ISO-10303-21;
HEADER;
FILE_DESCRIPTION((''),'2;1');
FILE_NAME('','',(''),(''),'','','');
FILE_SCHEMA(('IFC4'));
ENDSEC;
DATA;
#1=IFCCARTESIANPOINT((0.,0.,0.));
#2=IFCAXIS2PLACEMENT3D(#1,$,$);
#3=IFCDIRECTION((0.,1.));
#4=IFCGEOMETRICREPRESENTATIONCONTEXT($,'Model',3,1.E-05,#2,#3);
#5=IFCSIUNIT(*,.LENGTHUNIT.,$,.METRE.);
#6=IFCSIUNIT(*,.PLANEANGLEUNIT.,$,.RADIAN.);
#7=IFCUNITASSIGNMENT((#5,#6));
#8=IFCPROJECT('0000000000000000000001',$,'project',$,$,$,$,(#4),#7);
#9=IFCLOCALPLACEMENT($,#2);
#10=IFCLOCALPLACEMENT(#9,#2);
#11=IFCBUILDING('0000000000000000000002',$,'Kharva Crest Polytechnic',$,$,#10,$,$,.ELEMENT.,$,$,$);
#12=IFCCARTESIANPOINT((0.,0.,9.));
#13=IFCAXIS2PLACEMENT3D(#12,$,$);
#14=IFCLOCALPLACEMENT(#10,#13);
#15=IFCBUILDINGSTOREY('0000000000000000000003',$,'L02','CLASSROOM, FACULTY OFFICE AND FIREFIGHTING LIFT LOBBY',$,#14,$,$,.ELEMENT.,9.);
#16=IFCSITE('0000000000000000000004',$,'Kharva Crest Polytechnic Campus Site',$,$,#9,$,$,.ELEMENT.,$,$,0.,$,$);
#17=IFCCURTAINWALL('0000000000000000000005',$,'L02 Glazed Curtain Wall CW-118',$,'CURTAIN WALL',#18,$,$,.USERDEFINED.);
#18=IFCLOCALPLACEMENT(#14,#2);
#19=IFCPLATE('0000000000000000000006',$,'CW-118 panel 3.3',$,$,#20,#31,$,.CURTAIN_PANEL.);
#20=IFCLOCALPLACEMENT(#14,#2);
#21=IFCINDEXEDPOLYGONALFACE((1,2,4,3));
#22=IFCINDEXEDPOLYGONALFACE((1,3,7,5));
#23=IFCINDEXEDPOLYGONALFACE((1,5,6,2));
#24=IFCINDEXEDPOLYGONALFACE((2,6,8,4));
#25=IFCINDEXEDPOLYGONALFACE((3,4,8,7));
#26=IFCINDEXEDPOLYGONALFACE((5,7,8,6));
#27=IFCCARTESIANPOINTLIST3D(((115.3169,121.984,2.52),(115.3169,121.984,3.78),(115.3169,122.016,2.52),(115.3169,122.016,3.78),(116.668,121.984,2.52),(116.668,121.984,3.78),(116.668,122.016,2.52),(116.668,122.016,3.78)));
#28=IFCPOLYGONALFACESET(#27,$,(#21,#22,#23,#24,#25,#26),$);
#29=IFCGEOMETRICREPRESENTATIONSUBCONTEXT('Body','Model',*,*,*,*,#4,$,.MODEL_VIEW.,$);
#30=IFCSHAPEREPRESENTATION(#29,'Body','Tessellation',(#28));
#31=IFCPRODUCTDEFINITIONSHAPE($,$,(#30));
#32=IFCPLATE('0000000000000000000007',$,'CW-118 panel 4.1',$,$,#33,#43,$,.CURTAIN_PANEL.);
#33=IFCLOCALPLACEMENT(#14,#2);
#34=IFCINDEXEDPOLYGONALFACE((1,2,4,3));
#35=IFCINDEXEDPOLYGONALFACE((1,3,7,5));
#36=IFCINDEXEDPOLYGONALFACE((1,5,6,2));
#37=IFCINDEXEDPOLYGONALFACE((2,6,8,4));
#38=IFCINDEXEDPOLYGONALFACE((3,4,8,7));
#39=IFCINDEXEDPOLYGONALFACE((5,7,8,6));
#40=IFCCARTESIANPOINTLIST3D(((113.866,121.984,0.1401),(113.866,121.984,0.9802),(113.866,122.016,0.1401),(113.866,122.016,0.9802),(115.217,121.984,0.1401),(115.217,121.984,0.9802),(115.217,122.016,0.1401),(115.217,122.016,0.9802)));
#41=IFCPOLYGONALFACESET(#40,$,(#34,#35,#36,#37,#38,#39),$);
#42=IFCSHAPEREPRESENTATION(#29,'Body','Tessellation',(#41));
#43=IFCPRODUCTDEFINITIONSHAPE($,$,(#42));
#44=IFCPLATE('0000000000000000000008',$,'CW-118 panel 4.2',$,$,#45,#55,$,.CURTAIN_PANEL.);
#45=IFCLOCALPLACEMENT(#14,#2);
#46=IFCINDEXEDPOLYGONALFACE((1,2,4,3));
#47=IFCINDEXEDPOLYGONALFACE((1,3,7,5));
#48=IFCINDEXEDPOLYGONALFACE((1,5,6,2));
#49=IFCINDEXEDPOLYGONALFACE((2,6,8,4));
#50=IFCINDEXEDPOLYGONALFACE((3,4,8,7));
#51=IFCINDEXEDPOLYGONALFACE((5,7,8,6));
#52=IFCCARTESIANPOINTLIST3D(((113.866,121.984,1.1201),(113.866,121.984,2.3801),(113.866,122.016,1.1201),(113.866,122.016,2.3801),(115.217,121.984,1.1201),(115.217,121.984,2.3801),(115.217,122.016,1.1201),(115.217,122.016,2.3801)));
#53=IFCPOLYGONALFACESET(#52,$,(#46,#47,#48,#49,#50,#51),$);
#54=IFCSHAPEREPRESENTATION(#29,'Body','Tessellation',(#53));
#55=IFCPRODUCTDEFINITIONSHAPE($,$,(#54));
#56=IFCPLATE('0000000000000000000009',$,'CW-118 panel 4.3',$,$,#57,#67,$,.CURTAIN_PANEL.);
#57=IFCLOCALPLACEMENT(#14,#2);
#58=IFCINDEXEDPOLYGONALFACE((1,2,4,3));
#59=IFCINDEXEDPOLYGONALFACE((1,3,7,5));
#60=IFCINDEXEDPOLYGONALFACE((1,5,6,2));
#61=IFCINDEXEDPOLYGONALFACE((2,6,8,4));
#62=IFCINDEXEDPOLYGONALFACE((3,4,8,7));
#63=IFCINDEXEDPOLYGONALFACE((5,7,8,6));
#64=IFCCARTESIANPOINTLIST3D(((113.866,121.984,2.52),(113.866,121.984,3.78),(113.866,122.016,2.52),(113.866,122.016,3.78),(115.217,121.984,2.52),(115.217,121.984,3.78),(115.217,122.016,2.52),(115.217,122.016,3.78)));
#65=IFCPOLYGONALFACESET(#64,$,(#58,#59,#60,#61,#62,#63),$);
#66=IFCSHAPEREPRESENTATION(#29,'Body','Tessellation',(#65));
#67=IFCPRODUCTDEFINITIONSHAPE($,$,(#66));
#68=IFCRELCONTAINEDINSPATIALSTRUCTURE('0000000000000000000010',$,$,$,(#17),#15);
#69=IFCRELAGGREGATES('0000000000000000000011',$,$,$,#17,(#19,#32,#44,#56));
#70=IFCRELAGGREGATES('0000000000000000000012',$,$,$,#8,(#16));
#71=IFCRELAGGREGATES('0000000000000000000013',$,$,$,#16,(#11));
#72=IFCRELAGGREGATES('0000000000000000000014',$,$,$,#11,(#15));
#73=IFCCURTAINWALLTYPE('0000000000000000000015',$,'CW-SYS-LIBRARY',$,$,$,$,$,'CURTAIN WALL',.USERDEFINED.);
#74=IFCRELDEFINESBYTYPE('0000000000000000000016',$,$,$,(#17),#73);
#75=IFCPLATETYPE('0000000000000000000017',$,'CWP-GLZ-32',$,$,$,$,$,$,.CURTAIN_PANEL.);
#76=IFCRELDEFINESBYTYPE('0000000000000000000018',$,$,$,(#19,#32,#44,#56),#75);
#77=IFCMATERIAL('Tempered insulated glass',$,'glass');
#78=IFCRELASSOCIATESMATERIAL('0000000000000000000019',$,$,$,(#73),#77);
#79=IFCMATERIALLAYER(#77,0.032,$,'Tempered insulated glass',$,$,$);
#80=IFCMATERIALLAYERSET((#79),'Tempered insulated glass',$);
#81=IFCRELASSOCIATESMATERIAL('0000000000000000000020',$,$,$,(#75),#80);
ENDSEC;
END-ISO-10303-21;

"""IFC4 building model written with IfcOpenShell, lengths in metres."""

from ifc_helpers import new_model, si_unit, direction, frame, origin, origin_2d, place, context, subcontext, project, spatial, rectangle, extrude, material, layer, layer_set, type_object, element, aggregate, save


model = new_model("IFC4")

# Units and contexts
model_context = context("Model", 3, precision=1e-05, world=origin(), true_north=direction((0.0, 1.0)))
body_context = subcontext(model_context, "Body", "Model", "MODEL_VIEW")
ifc_project = project(units=[si_unit("LENGTHUNIT", "METRE"), si_unit("PLANEANGLEUNIT", "RADIAN")], contexts=[model_context])

# Site, building, storey
site_placement = place(None, origin())
site = spatial("IfcSite", under=ifc_project, at=site_placement, Name="Kharva Crest Polytechnic Campus Site", CompositionType="ELEMENT", RefElevation=0.0)
building_placement = place(site_placement, origin())
building = spatial("IfcBuilding", under=site, at=building_placement, Name="Kharva Crest Polytechnic", CompositionType="ELEMENT")
storey_placement = place(building_placement, frame((0.0, 0.0, 9.0)))
storey = spatial("IfcBuildingStorey", under=building, at=storey_placement, Name="L02", Description="CLASSROOM, FACULTY OFFICE AND FIREFIGHTING LIFT LOBBY", CompositionType="ELEMENT", Elevation=9.0)

# Curtain wall
ifc_material_1 = material(Name="Tempered insulated glass", Category="glass")
curtain_wall_type = type_object("IfcCurtainWallType", Name="CW-SYS-LIBRARY", ElementType="CURTAIN WALL", PredefinedType="USERDEFINED", material=ifc_material_1)
curtain_wall_placement = place(storey_placement, origin())
curtain_wall = element("IfcCurtainWall", 1, at=curtain_wall_placement, inside=storey, type_object=curtain_wall_type, Name="L02 Glazed Curtain Wall CW-118", ObjectType="CURTAIN WALL", PredefinedType="USERDEFINED")

# Plates
ifc_layer = layer(ifc_material_1, 0.032, Name="Tempered insulated glass")
ifc_layer_set = layer_set([ifc_layer], Name="Tempered insulated glass")
plate_type = type_object("IfcPlateType", Name="CWP-GLZ-32", PredefinedType="CURTAIN_PANEL", material=ifc_layer_set)
plate_1_placement = place(storey_placement, frame((115.9924, 122.0, 2.52), z_axis=(0.0, 0.0, 1.0), x_axis=(-1.0, 0.0, 0.0)))
plate_1 = element("IfcPlate", 2, at=plate_1_placement, type_object=plate_type, Name="CW-118 panel 3.3", PredefinedType="CURTAIN_PANEL", context=body_context, shape_type="SweptSolid", body=[
    extrude(rectangle(XDim=1.3511, YDim=0.032, at=origin_2d()), origin(), (0.0, 0.0, 1.0), 1.26),
])
plate_2_placement = place(storey_placement, frame((114.5415, 122.0, 0.1401), z_axis=(0.0, 0.0, 1.0), x_axis=(-1.0, 0.0, 0.0)))
plate_2 = element("IfcPlate", 3, at=plate_2_placement, type_object=plate_type, Name="CW-118 panel 4.1", PredefinedType="CURTAIN_PANEL", context=body_context, shape_type="SweptSolid", body=[
    extrude(rectangle(XDim=1.3511, YDim=0.032, at=origin_2d()), origin(), (0.0, 0.0, 1.0), 0.8401),
])
plate_3_placement = place(storey_placement, frame((114.5415, 122.0, 1.1201), z_axis=(0.0, 0.0, 1.0), x_axis=(-1.0, 0.0, 0.0)))
plate_3 = element("IfcPlate", 4, at=plate_3_placement, type_object=plate_type, Name="CW-118 panel 4.2", PredefinedType="CURTAIN_PANEL", context=body_context, shape_type="SweptSolid", body=[
    extrude(rectangle(XDim=1.3511, YDim=0.032, at=origin_2d()), origin(), (0.0, 0.0, 1.0), 1.26),
])
plate_4_placement = place(storey_placement, frame((114.5415, 122.0, 2.52), z_axis=(0.0, 0.0, 1.0), x_axis=(-1.0, 0.0, 0.0)))
plate_4 = element("IfcPlate", 5, at=plate_4_placement, type_object=plate_type, Name="CW-118 panel 4.3", PredefinedType="CURTAIN_PANEL", context=body_context, shape_type="SweptSolid", body=[
    extrude(rectangle(XDim=1.3511, YDim=0.032, at=origin_2d()), origin(), (0.0, 0.0, 1.0), 1.26),
])
aggregate(curtain_wall, [plate_1, plate_2, plate_3, plate_4])

save(model, "model.ifc")
